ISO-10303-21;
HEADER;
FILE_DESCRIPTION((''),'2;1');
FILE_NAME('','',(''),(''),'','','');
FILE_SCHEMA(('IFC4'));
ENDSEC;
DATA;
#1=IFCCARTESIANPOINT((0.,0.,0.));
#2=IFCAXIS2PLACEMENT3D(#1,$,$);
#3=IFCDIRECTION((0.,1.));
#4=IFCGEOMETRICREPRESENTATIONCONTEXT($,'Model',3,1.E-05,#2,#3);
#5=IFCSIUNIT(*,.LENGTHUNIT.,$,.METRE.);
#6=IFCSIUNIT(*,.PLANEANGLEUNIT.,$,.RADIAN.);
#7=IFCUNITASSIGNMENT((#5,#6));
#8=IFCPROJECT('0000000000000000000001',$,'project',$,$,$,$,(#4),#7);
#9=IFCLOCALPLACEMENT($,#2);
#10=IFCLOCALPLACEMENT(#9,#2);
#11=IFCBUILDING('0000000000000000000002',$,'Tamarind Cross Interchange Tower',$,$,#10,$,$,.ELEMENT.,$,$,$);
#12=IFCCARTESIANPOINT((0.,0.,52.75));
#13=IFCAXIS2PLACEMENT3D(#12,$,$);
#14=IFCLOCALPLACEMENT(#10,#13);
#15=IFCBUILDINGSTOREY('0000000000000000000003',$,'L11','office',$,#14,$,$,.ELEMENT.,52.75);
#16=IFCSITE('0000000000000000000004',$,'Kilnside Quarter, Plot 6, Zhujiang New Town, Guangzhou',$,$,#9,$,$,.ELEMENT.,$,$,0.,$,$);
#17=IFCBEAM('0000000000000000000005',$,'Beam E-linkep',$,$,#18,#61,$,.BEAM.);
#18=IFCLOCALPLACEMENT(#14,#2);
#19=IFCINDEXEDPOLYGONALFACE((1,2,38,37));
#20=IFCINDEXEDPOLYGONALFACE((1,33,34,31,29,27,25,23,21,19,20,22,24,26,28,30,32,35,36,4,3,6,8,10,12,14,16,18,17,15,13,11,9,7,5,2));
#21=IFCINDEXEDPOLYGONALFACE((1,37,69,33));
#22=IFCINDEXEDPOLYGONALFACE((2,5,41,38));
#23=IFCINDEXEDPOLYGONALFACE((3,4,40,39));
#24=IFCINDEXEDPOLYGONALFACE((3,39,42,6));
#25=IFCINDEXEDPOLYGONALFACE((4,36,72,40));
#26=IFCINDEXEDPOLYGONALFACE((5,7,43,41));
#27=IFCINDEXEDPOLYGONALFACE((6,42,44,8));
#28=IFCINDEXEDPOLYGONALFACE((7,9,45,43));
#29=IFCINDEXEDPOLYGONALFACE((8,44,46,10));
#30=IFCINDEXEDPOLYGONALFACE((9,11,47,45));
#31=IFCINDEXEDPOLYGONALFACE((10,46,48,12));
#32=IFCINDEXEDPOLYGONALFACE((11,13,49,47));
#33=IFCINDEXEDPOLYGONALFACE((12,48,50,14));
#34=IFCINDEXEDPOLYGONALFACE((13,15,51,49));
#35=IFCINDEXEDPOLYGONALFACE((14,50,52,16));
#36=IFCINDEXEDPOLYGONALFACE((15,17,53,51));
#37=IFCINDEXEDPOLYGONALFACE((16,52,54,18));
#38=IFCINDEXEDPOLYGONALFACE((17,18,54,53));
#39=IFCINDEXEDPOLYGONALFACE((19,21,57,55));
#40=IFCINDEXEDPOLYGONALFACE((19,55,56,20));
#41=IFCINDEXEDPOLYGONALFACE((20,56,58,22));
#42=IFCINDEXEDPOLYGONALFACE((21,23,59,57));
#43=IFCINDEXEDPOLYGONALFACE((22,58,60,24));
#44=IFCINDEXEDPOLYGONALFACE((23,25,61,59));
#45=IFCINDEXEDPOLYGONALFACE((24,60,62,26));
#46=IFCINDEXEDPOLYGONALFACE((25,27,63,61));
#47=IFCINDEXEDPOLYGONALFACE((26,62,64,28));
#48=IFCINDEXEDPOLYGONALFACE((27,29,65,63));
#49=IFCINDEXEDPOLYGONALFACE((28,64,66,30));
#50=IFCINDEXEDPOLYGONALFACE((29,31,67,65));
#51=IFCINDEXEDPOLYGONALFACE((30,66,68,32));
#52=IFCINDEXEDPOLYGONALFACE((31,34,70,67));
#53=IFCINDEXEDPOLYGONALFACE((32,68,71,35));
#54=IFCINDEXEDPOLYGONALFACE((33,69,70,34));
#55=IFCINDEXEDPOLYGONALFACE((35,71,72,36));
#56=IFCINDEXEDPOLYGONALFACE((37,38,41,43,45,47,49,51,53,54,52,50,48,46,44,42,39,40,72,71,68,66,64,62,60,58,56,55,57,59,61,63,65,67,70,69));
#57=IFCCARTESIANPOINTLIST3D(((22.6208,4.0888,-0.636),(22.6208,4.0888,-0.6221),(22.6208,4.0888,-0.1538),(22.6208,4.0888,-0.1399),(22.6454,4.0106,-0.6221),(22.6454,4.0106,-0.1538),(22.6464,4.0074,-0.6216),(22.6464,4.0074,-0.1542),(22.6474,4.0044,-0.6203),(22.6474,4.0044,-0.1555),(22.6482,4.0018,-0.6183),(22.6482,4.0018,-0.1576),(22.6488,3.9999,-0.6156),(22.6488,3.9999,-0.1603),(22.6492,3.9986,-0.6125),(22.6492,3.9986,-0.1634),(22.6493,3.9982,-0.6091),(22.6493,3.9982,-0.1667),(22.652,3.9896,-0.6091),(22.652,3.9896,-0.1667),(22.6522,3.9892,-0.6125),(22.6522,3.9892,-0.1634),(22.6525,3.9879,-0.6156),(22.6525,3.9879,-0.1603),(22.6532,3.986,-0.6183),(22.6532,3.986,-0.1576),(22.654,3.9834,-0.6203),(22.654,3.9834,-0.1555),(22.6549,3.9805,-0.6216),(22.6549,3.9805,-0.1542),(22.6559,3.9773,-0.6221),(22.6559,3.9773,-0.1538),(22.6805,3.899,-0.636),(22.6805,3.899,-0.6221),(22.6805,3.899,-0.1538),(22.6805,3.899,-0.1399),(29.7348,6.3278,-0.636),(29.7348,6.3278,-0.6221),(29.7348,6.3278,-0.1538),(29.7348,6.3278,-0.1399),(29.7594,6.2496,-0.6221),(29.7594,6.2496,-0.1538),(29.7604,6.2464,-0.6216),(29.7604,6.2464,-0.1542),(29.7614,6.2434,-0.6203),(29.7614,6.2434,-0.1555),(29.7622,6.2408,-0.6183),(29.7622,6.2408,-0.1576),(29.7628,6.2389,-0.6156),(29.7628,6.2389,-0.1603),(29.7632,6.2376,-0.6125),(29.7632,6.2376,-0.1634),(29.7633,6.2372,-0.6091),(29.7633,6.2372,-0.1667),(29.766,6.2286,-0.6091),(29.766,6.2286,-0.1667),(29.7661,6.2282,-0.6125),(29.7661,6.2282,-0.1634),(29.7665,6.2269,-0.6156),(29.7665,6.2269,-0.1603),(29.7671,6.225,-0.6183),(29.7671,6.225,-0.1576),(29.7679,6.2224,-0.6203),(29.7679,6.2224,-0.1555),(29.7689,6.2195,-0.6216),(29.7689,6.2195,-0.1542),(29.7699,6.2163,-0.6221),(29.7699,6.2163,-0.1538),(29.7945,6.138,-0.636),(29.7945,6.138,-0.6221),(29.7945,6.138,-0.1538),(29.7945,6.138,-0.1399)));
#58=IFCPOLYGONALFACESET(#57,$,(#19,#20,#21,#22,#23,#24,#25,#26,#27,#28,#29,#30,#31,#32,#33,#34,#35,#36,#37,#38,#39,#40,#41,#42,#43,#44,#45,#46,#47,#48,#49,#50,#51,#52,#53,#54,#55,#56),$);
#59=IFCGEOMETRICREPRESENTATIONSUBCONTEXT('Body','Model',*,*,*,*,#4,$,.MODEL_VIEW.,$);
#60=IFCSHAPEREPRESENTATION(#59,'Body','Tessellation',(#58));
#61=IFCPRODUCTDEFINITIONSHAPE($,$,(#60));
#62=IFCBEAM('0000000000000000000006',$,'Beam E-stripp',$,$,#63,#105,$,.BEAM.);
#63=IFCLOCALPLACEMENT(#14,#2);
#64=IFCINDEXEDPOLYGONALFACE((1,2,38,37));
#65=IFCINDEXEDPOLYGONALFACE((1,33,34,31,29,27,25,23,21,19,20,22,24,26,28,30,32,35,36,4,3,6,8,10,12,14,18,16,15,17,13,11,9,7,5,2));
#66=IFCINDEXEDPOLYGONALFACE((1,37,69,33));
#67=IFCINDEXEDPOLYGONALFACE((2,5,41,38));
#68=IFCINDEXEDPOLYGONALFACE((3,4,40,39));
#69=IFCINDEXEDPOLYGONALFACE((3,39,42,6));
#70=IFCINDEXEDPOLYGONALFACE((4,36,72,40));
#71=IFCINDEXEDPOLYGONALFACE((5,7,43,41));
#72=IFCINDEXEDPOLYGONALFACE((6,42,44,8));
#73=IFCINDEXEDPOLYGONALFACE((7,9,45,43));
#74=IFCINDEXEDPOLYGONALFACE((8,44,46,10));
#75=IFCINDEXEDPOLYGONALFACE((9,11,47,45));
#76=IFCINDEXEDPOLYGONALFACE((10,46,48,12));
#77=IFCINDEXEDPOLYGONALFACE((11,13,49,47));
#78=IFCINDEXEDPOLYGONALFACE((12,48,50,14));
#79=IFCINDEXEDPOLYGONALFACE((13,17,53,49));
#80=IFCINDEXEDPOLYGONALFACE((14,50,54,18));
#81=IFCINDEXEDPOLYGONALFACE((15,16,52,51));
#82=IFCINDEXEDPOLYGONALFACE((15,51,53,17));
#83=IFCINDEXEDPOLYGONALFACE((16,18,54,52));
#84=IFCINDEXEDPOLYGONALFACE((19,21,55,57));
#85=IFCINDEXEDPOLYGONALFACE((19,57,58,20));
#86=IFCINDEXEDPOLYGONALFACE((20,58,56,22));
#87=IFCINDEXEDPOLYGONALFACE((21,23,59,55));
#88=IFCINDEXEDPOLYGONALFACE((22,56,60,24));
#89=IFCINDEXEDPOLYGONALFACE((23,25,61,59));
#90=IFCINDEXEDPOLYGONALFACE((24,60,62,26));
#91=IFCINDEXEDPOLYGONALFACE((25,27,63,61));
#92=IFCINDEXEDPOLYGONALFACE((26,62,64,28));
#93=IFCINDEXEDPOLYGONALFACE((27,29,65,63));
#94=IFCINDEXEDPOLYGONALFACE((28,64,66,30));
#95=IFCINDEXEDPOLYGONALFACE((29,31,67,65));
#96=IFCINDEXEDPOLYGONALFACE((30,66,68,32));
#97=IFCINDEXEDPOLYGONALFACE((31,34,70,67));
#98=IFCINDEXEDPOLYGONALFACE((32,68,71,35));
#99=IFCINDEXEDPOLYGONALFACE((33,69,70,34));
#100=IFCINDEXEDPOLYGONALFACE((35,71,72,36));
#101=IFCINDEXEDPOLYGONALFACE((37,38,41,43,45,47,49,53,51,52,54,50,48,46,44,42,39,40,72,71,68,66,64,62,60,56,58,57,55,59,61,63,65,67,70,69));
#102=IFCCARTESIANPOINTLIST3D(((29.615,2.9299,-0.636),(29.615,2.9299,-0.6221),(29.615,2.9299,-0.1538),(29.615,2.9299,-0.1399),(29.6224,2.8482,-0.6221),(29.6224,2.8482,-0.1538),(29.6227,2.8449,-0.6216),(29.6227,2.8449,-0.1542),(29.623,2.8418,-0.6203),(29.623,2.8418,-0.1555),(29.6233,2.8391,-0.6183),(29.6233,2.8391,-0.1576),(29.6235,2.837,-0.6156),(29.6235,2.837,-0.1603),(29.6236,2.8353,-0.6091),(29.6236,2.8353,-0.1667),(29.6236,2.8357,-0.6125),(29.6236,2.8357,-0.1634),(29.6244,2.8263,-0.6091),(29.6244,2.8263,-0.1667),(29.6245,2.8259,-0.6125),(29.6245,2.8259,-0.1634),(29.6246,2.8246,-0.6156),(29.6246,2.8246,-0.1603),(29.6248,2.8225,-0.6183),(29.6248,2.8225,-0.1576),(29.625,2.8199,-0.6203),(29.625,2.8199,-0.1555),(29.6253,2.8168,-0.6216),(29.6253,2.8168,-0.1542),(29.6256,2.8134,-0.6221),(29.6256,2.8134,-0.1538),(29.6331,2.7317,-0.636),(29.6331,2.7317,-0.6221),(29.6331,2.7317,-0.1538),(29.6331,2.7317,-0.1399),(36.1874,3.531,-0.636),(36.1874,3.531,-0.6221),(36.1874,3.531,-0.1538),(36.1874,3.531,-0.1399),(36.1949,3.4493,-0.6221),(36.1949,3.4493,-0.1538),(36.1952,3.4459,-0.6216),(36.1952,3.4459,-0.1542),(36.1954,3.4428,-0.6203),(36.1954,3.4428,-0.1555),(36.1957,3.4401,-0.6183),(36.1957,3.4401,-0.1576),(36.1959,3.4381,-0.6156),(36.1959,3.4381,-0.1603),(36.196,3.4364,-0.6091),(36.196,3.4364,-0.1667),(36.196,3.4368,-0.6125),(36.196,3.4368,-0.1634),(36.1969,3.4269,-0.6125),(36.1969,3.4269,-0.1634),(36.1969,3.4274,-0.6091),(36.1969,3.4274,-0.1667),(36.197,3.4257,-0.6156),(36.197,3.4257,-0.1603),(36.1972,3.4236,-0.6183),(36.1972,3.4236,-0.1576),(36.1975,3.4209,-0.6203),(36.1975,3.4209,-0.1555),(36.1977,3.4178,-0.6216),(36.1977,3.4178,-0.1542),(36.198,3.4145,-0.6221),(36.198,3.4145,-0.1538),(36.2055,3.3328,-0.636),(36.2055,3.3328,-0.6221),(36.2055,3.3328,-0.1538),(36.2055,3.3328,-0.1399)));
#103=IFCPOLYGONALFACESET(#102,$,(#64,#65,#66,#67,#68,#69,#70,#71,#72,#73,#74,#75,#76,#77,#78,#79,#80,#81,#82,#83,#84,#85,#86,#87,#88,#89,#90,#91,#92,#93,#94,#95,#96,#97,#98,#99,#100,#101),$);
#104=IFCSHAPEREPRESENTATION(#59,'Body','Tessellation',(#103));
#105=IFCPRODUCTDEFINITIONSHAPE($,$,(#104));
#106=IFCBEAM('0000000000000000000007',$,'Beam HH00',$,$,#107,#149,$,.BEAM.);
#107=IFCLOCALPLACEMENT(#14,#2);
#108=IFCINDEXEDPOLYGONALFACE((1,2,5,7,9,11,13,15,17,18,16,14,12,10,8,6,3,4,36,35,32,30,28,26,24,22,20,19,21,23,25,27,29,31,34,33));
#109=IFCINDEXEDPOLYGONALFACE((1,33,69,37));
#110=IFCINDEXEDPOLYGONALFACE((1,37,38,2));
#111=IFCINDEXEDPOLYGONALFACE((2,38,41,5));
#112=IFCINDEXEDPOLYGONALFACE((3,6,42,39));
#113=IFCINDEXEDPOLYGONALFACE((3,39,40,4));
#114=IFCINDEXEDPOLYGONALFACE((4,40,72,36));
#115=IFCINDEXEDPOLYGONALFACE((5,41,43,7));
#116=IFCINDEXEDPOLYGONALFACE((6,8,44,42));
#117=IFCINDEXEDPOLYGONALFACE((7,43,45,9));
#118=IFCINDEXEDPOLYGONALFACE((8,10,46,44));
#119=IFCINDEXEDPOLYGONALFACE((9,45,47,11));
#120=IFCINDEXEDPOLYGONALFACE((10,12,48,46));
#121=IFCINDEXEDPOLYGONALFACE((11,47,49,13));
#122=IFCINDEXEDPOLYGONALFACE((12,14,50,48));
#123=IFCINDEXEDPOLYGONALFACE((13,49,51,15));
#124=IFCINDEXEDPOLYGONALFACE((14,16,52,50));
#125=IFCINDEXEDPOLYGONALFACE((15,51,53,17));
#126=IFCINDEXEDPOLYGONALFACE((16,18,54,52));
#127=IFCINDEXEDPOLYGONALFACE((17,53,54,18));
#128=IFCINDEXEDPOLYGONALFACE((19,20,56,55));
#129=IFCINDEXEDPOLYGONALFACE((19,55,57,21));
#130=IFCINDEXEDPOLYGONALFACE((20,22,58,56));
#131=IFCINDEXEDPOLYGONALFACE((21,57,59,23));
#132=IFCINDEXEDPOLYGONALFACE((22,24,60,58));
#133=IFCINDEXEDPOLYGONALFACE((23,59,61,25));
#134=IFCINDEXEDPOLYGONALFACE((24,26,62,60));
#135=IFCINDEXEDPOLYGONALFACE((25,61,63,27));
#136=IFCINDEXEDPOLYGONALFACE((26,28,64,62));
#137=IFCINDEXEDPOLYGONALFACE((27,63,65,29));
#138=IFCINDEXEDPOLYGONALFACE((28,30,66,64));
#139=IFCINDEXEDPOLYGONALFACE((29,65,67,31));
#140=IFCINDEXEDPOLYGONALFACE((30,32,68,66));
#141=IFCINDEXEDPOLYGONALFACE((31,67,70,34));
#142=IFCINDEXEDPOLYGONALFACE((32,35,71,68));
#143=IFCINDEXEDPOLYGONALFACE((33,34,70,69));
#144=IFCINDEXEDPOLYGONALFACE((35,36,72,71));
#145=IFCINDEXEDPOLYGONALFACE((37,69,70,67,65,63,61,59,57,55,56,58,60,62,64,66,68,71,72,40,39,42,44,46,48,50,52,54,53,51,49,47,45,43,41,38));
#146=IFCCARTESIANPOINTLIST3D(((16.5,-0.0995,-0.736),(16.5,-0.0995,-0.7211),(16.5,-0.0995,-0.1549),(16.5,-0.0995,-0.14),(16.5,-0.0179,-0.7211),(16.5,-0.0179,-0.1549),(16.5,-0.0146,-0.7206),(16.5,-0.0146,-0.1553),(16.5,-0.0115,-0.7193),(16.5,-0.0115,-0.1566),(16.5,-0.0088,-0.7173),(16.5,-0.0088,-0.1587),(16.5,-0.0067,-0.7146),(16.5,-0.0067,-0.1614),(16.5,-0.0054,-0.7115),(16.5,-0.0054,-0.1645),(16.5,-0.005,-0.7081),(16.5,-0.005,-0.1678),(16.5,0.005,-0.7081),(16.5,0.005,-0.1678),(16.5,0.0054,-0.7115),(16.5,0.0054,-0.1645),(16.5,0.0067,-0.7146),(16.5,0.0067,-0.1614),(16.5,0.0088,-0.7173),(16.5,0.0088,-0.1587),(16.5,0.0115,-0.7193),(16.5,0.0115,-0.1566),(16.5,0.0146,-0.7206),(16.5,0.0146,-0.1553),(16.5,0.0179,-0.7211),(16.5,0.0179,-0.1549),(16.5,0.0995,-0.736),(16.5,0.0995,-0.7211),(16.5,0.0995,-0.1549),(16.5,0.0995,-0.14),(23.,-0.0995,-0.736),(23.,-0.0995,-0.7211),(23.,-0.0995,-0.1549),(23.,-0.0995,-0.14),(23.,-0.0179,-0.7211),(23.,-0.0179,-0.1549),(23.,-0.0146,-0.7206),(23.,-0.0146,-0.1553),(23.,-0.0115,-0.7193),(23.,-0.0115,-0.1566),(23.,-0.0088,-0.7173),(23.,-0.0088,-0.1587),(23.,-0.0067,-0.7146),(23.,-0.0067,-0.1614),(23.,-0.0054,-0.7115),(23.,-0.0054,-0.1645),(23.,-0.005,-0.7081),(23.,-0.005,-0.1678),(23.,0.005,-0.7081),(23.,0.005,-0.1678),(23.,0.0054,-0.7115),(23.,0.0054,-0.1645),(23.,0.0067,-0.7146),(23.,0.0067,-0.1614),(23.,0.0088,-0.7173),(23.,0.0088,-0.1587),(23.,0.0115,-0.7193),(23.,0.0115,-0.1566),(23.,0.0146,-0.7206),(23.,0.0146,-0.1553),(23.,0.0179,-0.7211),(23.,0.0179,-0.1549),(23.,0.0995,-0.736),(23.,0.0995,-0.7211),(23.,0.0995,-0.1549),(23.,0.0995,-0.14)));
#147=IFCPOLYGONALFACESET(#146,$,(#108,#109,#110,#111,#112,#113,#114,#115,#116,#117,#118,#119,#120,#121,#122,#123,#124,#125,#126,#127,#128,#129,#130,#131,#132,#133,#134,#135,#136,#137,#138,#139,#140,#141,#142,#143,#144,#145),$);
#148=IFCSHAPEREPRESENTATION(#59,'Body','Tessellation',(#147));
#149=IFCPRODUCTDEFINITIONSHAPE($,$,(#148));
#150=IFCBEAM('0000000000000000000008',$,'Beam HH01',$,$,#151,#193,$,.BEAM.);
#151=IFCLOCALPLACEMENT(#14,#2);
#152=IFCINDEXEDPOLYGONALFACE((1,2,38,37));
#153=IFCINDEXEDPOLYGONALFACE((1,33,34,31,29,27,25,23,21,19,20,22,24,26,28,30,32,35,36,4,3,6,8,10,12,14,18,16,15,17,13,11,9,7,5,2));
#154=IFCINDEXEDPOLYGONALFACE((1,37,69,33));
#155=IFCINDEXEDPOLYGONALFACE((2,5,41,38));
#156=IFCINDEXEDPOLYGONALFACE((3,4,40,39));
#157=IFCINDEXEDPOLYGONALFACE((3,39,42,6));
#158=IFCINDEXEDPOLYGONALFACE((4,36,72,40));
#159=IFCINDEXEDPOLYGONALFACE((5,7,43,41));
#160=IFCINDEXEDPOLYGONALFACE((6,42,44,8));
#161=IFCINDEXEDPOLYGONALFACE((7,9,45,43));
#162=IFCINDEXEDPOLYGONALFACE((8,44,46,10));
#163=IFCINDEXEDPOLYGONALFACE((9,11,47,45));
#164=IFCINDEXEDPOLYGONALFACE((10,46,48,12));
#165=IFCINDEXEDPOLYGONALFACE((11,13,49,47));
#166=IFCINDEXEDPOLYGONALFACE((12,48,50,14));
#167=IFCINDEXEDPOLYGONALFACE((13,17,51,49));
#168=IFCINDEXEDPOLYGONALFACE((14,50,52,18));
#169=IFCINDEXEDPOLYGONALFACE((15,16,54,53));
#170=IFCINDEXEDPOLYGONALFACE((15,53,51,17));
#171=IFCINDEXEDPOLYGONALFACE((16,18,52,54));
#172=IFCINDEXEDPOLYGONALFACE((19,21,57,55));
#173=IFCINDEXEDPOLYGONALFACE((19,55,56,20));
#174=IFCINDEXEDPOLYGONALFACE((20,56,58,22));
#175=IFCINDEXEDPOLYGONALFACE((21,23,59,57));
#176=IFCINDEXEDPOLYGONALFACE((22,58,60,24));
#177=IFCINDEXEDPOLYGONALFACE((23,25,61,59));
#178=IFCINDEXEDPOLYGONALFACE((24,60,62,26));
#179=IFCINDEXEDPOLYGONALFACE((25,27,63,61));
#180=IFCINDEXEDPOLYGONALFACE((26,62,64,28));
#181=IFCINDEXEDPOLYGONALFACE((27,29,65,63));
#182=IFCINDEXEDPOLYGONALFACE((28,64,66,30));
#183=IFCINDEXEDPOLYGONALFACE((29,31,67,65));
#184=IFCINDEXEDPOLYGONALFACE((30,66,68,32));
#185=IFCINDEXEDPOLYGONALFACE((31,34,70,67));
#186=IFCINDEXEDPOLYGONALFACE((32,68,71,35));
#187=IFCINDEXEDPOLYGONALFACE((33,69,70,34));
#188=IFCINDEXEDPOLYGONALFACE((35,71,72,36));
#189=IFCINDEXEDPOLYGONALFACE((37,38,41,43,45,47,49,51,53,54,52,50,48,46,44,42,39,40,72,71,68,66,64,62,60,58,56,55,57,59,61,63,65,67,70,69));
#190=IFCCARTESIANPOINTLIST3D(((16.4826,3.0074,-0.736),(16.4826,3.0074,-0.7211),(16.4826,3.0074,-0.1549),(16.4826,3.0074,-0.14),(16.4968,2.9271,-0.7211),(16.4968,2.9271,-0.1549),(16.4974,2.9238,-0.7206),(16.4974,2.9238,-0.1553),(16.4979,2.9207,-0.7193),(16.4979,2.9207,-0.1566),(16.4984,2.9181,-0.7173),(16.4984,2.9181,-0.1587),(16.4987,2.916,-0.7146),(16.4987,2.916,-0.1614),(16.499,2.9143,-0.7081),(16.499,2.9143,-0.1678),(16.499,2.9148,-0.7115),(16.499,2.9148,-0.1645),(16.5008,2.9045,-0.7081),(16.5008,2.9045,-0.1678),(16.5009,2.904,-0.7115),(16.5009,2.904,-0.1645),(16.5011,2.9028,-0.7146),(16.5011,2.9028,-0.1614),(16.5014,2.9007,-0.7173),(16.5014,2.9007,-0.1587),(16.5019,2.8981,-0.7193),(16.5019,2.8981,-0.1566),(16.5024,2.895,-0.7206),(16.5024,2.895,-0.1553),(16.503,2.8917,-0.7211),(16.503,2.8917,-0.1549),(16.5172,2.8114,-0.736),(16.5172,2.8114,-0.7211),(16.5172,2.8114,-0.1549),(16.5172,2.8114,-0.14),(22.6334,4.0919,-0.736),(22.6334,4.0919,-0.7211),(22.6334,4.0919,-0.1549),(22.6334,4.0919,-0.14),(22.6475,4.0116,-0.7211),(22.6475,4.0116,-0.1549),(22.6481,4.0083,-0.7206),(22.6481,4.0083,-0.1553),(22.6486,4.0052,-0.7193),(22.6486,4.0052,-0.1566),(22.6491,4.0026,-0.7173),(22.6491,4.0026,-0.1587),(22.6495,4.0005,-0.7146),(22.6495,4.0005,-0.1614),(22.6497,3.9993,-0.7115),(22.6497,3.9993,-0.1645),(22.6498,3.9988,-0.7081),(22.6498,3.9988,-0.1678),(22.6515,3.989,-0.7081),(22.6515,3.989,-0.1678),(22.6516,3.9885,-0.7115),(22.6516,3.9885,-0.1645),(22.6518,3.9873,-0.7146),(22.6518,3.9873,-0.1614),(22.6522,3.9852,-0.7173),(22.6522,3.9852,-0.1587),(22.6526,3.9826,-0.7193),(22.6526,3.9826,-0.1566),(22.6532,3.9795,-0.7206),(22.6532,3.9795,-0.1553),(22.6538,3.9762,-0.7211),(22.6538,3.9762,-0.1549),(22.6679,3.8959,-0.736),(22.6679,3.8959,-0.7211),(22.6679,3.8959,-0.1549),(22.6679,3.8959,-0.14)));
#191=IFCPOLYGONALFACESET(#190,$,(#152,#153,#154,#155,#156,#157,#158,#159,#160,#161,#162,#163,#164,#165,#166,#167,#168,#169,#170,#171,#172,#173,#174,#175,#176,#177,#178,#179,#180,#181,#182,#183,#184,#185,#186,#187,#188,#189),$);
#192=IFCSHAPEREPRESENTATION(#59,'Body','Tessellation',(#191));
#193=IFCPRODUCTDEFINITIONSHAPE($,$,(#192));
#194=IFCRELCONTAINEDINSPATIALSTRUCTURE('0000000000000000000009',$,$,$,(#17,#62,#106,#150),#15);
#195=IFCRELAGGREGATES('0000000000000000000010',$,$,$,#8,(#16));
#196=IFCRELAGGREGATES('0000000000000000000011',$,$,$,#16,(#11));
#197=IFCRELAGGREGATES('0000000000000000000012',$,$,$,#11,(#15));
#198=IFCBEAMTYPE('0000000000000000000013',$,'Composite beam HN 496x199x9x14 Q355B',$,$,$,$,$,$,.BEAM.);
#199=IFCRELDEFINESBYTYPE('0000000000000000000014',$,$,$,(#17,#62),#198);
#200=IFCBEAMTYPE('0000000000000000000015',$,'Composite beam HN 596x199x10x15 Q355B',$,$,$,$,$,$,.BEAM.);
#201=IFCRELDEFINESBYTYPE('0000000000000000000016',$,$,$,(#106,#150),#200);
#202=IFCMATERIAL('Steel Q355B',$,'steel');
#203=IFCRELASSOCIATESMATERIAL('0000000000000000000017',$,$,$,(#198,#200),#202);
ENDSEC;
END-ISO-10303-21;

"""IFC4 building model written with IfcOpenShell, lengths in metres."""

from ifc_helpers import new_model, si_unit, direction, frame, origin, origin_2d, place, context, subcontext, project, spatial, i_section, extrude, material, material_profile, profile_set, type_object, element, save


model = new_model("IFC4")

# Units and contexts
model_context = context("Model", 3, precision=1e-05, world=origin(), true_north=direction((0.0, 1.0)))
body_context = subcontext(model_context, "Body", "Model", "MODEL_VIEW")
ifc_project = project(units=[si_unit("LENGTHUNIT", "METRE"), si_unit("PLANEANGLEUNIT", "RADIAN")], contexts=[model_context])

# Site, building, storey
site_placement = place(None, origin())
site = spatial("IfcSite", under=ifc_project, at=site_placement, Name="Kilnside Quarter, Plot 6, Zhujiang New Town, Guangzhou", CompositionType="ELEMENT", RefElevation=0.0)
building_placement = place(site_placement, origin())
building = spatial("IfcBuilding", under=site, at=building_placement, Name="Tamarind Cross Interchange Tower", CompositionType="ELEMENT")
storey_placement = place(building_placement, frame((0.0, 0.0, 52.75)))
storey = spatial("IfcBuildingStorey", under=building, at=storey_placement, Name="L11", Description="office", CompositionType="ELEMENT", Elevation=52.75)

# Beams
ifc_material_1 = material(Name="Steel Q355B", Category="steel")
ifc_material_profile_1 = material_profile(ifc_material_1, i_section(OverallWidth=0.199, OverallDepth=0.4961, WebThickness=0.009, FlangeThickness=0.0139, FilletRadius=0.0129, at=origin_2d()), Name="HN 496x199x9x14")
ifc_profile_set_1 = profile_set([ifc_material_profile_1], Name="Steel Q355B")
beam_type_1 = type_object("IfcBeamType", Name="Composite beam HN 496x199x9x14 Q355B", PredefinedType="BEAM", material=ifc_profile_set_1)
beam_1_placement = place(storey_placement, frame((29.7646, 6.2329, -0.3879), z_axis=(-0.953872, -0.300215, 0.0), x_axis=(0.300215, -0.953872, 0.0)))
element("IfcBeam", 1, at=beam_1_placement, inside=storey, type_object=beam_type_1, Name="Beam E-linkep", PredefinedType="BEAM", context=body_context, shape_type="SweptSolid", body=[
    extrude(i_section(OverallWidth=0.199, OverallDepth=0.4961, WebThickness=0.009, FlangeThickness=0.0139, FilletRadius=0.0129, at=origin_2d()), origin(), (0.0, 0.0, 1.0), 7.458),
])
beam_2_placement = place(storey_placement, frame((29.624, 2.8308, -0.3879), z_axis=(0.995844, 0.091073, 0.0), x_axis=(-0.091073, 0.995844, 0.0)))
element("IfcBeam", 2, at=beam_2_placement, inside=storey, type_object=beam_type_1, Name="Beam E-stripp", PredefinedType="BEAM", context=body_context, shape_type="SweptSolid", body=[
    extrude(i_section(OverallWidth=0.199, OverallDepth=0.4961, WebThickness=0.009, FlangeThickness=0.0139, FilletRadius=0.0129, at=origin_2d()), origin(), (0.0, 0.0, 1.0), 6.5999),
])
ifc_material_profile_2 = material_profile(ifc_material_1, i_section(OverallWidth=0.199, OverallDepth=0.5959, WebThickness=0.01, FlangeThickness=0.0149, FilletRadius=0.0129, at=origin_2d()), Name="HN 596x199x10x15")
ifc_profile_set_2 = profile_set([ifc_material_profile_2], Name="Steel Q355B")
beam_type_2 = type_object("IfcBeamType", Name="Composite beam HN 596x199x10x15 Q355B", PredefinedType="BEAM", material=ifc_profile_set_2)
beam_3_placement = place(storey_placement, frame((23.0, 0.0, -0.438), z_axis=(-1.0, 0.0, 0.0), x_axis=(0.0, -1.0, 0.0)))
element("IfcBeam", 3, at=beam_3_placement, inside=storey, type_object=beam_type_2, Name="Beam HH00", PredefinedType="BEAM", context=body_context, shape_type="SweptSolid", body=[
    extrude(i_section(OverallWidth=0.199, OverallDepth=0.5959, WebThickness=0.01, FlangeThickness=0.0149, FilletRadius=0.0129, at=origin_2d()), origin(), (0.0, 0.0, 1.0), 6.5),
])
beam_4_placement = place(storey_placement, frame((22.6506, 3.9939, -0.438), z_axis=(-0.984809, -0.17364, 0.0), x_axis=(0.17364, -0.984809, 0.0)))
element("IfcBeam", 4, at=beam_4_placement, inside=storey, type_object=beam_type_2, Name="Beam HH01", PredefinedType="BEAM", context=body_context, shape_type="SweptSolid", body=[
    extrude(i_section(OverallWidth=0.199, OverallDepth=0.5959, WebThickness=0.01, FlangeThickness=0.0149, FilletRadius=0.0129, at=origin_2d()), origin(), (0.0, 0.0, 1.0), 6.2456),
])

save(model, "model.ifc")
